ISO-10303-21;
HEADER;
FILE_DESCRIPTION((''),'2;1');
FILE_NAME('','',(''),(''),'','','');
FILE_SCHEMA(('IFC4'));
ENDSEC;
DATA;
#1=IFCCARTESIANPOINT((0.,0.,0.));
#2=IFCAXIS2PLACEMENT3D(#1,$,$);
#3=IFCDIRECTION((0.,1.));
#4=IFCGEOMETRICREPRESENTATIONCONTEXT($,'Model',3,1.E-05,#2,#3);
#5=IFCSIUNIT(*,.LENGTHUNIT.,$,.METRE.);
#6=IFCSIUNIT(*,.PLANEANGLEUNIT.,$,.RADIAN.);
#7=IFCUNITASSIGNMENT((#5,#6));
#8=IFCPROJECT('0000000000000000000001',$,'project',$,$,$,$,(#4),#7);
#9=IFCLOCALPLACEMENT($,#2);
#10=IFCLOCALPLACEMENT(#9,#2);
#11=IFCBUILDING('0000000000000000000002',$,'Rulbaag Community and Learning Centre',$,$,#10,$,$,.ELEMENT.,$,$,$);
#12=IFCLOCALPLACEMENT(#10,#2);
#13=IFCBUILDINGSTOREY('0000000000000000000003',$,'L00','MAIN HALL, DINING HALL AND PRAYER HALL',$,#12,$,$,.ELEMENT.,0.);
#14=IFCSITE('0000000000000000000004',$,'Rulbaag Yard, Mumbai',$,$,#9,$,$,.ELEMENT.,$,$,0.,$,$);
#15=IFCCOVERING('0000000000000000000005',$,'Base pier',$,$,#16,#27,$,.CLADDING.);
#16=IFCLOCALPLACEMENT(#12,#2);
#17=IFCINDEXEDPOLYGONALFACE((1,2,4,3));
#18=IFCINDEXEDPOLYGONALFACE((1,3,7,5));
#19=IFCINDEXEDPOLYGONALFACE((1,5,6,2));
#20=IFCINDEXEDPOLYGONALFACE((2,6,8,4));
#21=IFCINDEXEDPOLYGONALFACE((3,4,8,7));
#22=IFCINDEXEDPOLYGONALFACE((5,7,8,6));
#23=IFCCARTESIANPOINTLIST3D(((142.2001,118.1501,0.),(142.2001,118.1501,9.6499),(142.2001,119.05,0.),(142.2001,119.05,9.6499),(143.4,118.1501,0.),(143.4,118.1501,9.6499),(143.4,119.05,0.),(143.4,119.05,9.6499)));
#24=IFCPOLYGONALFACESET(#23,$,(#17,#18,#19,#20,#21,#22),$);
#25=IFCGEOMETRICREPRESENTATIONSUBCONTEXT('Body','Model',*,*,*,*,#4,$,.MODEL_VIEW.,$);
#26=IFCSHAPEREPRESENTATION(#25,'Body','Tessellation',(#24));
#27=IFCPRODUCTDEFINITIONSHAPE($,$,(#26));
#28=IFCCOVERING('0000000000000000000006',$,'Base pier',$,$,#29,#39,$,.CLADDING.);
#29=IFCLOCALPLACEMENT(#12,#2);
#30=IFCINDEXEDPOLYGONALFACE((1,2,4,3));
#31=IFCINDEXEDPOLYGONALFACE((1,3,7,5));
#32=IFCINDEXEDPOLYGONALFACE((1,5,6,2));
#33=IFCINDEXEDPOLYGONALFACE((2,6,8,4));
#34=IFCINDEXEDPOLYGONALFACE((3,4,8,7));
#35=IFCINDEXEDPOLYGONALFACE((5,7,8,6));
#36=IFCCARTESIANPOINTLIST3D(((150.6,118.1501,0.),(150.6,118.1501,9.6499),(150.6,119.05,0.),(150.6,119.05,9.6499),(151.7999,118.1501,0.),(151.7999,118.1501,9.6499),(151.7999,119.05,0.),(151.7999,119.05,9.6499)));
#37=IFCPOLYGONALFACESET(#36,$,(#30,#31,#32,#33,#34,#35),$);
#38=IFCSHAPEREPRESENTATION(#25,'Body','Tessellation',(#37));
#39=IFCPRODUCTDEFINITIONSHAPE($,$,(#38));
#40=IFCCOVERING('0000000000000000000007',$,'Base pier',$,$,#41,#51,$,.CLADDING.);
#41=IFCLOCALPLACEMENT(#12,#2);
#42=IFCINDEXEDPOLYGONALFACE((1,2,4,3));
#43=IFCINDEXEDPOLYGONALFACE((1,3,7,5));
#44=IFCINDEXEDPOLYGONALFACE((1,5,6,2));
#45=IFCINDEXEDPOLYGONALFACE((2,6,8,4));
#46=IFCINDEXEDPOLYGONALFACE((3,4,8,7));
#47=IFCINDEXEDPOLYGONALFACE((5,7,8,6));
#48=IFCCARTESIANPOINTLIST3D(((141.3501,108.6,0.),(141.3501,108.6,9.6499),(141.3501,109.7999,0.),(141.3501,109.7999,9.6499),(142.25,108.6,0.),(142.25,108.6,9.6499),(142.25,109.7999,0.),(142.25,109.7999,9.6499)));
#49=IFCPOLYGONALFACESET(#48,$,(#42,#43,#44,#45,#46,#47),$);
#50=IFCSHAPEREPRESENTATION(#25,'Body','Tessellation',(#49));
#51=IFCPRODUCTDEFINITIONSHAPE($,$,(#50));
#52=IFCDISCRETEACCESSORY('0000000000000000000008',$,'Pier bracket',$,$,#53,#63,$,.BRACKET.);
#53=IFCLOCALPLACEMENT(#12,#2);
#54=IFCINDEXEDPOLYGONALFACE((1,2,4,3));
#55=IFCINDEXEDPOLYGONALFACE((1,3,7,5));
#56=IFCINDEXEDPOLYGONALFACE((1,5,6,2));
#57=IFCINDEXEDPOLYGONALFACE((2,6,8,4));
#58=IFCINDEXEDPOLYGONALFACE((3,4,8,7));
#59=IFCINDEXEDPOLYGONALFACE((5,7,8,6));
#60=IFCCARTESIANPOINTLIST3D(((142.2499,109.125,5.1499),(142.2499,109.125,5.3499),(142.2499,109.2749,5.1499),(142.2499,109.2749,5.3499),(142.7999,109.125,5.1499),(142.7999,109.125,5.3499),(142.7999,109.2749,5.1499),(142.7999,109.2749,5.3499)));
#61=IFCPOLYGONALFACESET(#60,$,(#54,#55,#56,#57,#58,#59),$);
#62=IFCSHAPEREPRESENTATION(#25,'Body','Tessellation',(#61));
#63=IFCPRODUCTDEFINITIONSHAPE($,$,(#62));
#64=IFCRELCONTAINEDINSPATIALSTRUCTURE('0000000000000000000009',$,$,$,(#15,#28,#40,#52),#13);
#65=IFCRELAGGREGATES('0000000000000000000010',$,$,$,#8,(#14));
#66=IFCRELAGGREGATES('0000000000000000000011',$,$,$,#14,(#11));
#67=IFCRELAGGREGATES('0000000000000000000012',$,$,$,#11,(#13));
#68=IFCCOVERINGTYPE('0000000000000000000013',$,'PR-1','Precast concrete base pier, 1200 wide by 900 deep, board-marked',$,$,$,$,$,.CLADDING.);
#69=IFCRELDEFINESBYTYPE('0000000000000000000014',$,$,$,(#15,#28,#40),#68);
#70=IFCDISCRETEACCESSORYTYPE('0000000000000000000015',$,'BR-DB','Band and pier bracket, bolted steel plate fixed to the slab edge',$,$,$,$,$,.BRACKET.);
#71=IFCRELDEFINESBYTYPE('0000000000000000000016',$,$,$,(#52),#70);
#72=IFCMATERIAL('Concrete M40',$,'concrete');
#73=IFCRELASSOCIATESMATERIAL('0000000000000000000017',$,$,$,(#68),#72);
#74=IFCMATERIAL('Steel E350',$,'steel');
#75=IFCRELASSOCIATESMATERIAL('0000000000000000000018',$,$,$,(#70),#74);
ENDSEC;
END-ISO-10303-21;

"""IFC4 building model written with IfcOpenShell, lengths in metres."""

from ifc_helpers import new_model, si_unit, direction, frame, origin, origin_2d, place, context, subcontext, project, spatial, rectangle, extrude, material, type_object, element, save


model = new_model("IFC4")

# Units and contexts
model_context = context("Model", 3, precision=1e-05, world=origin(), true_north=direction((0.0, 1.0)))
body_context = subcontext(model_context, "Body", "Model", "MODEL_VIEW")
ifc_project = project(units=[si_unit("LENGTHUNIT", "METRE"), si_unit("PLANEANGLEUNIT", "RADIAN")], contexts=[model_context])

# Site, building, storey
site_placement = place(None, origin())
site = spatial("IfcSite", under=ifc_project, at=site_placement, Name="Rulbaag Yard, Mumbai", CompositionType="ELEMENT", RefElevation=0.0)
building_placement = place(site_placement, origin())
building = spatial("IfcBuilding", under=site, at=building_placement, Name="Rulbaag Community and Learning Centre", CompositionType="ELEMENT")
storey_placement = place(building_placement, origin())
storey = spatial("IfcBuildingStorey", under=building, at=storey_placement, Name="L00", Description="MAIN HALL, DINING HALL AND PRAYER HALL", CompositionType="ELEMENT", Elevation=0.0)

# Shared definitions
ifc_material_1 = material(Name="Concrete M40", Category="concrete")

# Coverings
covering_type = type_object("IfcCoveringType", Name="PR-1", Description="Precast concrete base pier, 1200 wide by 900 deep, board-marked", PredefinedType="CLADDING", material=ifc_material_1)
for number, where, z_axis, x_axis, name in (
    (1, (142.8, 118.6001, 0.0), (0.0, 0.0, 1.0), (1.0, 0.0, 0.0), "Base pier"),
    (2, (151.2, 118.6001, 0.0), (0.0, 0.0, 1.0), (1.0, 0.0, 0.0), "Base pier"),
):
    element("IfcCovering", number, at=place(storey_placement, frame(where, z_axis=z_axis, x_axis=x_axis)), inside=storey, type_object=covering_type, Name=name, PredefinedType="CLADDING", context=body_context, shape_type="SweptSolid", body=[
        extrude(rectangle(XDim=1.2, YDim=0.8999, at=origin_2d()), origin(), (0.0, 0.0, 1.0), 9.6499),
    ])
covering_placement = place(storey_placement, frame((141.8, 109.2, 0.0), z_axis=(0.0, 0.0, 1.0), x_axis=(1.0, 0.0, 0.0)))
element("IfcCovering", 3, at=covering_placement, inside=storey, type_object=covering_type, Name="Base pier", PredefinedType="CLADDING", context=body_context, shape_type="SweptSolid", body=[
    extrude(rectangle(XDim=0.8999, YDim=1.2, at=origin_2d()), origin(), (0.0, 0.0, 1.0), 9.6499),
])

# Discrete accessory
ifc_material_2 = material(Name="Steel E350", Category="steel")
discrete_accessory_type = type_object("IfcDiscreteAccessoryType", Name="BR-DB", Description="Band and pier bracket, bolted steel plate fixed to the slab edge", PredefinedType="BRACKET", material=ifc_material_2)
discrete_accessory_placement = place(storey_placement, frame((142.5249, 109.2, 5.1499), z_axis=(0.0, 0.0, 1.0), x_axis=(1.0, 0.0, 0.0)))
element("IfcDiscreteAccessory", 4, at=discrete_accessory_placement, inside=storey, type_object=discrete_accessory_type, Name="Pier bracket", PredefinedType="BRACKET", context=body_context, shape_type="SweptSolid", body=[
    extrude(rectangle(XDim=0.55, YDim=0.1499, at=origin_2d()), origin(), (0.0, 0.0, 1.0), 0.2),
])

save(model, "model.ifc")
